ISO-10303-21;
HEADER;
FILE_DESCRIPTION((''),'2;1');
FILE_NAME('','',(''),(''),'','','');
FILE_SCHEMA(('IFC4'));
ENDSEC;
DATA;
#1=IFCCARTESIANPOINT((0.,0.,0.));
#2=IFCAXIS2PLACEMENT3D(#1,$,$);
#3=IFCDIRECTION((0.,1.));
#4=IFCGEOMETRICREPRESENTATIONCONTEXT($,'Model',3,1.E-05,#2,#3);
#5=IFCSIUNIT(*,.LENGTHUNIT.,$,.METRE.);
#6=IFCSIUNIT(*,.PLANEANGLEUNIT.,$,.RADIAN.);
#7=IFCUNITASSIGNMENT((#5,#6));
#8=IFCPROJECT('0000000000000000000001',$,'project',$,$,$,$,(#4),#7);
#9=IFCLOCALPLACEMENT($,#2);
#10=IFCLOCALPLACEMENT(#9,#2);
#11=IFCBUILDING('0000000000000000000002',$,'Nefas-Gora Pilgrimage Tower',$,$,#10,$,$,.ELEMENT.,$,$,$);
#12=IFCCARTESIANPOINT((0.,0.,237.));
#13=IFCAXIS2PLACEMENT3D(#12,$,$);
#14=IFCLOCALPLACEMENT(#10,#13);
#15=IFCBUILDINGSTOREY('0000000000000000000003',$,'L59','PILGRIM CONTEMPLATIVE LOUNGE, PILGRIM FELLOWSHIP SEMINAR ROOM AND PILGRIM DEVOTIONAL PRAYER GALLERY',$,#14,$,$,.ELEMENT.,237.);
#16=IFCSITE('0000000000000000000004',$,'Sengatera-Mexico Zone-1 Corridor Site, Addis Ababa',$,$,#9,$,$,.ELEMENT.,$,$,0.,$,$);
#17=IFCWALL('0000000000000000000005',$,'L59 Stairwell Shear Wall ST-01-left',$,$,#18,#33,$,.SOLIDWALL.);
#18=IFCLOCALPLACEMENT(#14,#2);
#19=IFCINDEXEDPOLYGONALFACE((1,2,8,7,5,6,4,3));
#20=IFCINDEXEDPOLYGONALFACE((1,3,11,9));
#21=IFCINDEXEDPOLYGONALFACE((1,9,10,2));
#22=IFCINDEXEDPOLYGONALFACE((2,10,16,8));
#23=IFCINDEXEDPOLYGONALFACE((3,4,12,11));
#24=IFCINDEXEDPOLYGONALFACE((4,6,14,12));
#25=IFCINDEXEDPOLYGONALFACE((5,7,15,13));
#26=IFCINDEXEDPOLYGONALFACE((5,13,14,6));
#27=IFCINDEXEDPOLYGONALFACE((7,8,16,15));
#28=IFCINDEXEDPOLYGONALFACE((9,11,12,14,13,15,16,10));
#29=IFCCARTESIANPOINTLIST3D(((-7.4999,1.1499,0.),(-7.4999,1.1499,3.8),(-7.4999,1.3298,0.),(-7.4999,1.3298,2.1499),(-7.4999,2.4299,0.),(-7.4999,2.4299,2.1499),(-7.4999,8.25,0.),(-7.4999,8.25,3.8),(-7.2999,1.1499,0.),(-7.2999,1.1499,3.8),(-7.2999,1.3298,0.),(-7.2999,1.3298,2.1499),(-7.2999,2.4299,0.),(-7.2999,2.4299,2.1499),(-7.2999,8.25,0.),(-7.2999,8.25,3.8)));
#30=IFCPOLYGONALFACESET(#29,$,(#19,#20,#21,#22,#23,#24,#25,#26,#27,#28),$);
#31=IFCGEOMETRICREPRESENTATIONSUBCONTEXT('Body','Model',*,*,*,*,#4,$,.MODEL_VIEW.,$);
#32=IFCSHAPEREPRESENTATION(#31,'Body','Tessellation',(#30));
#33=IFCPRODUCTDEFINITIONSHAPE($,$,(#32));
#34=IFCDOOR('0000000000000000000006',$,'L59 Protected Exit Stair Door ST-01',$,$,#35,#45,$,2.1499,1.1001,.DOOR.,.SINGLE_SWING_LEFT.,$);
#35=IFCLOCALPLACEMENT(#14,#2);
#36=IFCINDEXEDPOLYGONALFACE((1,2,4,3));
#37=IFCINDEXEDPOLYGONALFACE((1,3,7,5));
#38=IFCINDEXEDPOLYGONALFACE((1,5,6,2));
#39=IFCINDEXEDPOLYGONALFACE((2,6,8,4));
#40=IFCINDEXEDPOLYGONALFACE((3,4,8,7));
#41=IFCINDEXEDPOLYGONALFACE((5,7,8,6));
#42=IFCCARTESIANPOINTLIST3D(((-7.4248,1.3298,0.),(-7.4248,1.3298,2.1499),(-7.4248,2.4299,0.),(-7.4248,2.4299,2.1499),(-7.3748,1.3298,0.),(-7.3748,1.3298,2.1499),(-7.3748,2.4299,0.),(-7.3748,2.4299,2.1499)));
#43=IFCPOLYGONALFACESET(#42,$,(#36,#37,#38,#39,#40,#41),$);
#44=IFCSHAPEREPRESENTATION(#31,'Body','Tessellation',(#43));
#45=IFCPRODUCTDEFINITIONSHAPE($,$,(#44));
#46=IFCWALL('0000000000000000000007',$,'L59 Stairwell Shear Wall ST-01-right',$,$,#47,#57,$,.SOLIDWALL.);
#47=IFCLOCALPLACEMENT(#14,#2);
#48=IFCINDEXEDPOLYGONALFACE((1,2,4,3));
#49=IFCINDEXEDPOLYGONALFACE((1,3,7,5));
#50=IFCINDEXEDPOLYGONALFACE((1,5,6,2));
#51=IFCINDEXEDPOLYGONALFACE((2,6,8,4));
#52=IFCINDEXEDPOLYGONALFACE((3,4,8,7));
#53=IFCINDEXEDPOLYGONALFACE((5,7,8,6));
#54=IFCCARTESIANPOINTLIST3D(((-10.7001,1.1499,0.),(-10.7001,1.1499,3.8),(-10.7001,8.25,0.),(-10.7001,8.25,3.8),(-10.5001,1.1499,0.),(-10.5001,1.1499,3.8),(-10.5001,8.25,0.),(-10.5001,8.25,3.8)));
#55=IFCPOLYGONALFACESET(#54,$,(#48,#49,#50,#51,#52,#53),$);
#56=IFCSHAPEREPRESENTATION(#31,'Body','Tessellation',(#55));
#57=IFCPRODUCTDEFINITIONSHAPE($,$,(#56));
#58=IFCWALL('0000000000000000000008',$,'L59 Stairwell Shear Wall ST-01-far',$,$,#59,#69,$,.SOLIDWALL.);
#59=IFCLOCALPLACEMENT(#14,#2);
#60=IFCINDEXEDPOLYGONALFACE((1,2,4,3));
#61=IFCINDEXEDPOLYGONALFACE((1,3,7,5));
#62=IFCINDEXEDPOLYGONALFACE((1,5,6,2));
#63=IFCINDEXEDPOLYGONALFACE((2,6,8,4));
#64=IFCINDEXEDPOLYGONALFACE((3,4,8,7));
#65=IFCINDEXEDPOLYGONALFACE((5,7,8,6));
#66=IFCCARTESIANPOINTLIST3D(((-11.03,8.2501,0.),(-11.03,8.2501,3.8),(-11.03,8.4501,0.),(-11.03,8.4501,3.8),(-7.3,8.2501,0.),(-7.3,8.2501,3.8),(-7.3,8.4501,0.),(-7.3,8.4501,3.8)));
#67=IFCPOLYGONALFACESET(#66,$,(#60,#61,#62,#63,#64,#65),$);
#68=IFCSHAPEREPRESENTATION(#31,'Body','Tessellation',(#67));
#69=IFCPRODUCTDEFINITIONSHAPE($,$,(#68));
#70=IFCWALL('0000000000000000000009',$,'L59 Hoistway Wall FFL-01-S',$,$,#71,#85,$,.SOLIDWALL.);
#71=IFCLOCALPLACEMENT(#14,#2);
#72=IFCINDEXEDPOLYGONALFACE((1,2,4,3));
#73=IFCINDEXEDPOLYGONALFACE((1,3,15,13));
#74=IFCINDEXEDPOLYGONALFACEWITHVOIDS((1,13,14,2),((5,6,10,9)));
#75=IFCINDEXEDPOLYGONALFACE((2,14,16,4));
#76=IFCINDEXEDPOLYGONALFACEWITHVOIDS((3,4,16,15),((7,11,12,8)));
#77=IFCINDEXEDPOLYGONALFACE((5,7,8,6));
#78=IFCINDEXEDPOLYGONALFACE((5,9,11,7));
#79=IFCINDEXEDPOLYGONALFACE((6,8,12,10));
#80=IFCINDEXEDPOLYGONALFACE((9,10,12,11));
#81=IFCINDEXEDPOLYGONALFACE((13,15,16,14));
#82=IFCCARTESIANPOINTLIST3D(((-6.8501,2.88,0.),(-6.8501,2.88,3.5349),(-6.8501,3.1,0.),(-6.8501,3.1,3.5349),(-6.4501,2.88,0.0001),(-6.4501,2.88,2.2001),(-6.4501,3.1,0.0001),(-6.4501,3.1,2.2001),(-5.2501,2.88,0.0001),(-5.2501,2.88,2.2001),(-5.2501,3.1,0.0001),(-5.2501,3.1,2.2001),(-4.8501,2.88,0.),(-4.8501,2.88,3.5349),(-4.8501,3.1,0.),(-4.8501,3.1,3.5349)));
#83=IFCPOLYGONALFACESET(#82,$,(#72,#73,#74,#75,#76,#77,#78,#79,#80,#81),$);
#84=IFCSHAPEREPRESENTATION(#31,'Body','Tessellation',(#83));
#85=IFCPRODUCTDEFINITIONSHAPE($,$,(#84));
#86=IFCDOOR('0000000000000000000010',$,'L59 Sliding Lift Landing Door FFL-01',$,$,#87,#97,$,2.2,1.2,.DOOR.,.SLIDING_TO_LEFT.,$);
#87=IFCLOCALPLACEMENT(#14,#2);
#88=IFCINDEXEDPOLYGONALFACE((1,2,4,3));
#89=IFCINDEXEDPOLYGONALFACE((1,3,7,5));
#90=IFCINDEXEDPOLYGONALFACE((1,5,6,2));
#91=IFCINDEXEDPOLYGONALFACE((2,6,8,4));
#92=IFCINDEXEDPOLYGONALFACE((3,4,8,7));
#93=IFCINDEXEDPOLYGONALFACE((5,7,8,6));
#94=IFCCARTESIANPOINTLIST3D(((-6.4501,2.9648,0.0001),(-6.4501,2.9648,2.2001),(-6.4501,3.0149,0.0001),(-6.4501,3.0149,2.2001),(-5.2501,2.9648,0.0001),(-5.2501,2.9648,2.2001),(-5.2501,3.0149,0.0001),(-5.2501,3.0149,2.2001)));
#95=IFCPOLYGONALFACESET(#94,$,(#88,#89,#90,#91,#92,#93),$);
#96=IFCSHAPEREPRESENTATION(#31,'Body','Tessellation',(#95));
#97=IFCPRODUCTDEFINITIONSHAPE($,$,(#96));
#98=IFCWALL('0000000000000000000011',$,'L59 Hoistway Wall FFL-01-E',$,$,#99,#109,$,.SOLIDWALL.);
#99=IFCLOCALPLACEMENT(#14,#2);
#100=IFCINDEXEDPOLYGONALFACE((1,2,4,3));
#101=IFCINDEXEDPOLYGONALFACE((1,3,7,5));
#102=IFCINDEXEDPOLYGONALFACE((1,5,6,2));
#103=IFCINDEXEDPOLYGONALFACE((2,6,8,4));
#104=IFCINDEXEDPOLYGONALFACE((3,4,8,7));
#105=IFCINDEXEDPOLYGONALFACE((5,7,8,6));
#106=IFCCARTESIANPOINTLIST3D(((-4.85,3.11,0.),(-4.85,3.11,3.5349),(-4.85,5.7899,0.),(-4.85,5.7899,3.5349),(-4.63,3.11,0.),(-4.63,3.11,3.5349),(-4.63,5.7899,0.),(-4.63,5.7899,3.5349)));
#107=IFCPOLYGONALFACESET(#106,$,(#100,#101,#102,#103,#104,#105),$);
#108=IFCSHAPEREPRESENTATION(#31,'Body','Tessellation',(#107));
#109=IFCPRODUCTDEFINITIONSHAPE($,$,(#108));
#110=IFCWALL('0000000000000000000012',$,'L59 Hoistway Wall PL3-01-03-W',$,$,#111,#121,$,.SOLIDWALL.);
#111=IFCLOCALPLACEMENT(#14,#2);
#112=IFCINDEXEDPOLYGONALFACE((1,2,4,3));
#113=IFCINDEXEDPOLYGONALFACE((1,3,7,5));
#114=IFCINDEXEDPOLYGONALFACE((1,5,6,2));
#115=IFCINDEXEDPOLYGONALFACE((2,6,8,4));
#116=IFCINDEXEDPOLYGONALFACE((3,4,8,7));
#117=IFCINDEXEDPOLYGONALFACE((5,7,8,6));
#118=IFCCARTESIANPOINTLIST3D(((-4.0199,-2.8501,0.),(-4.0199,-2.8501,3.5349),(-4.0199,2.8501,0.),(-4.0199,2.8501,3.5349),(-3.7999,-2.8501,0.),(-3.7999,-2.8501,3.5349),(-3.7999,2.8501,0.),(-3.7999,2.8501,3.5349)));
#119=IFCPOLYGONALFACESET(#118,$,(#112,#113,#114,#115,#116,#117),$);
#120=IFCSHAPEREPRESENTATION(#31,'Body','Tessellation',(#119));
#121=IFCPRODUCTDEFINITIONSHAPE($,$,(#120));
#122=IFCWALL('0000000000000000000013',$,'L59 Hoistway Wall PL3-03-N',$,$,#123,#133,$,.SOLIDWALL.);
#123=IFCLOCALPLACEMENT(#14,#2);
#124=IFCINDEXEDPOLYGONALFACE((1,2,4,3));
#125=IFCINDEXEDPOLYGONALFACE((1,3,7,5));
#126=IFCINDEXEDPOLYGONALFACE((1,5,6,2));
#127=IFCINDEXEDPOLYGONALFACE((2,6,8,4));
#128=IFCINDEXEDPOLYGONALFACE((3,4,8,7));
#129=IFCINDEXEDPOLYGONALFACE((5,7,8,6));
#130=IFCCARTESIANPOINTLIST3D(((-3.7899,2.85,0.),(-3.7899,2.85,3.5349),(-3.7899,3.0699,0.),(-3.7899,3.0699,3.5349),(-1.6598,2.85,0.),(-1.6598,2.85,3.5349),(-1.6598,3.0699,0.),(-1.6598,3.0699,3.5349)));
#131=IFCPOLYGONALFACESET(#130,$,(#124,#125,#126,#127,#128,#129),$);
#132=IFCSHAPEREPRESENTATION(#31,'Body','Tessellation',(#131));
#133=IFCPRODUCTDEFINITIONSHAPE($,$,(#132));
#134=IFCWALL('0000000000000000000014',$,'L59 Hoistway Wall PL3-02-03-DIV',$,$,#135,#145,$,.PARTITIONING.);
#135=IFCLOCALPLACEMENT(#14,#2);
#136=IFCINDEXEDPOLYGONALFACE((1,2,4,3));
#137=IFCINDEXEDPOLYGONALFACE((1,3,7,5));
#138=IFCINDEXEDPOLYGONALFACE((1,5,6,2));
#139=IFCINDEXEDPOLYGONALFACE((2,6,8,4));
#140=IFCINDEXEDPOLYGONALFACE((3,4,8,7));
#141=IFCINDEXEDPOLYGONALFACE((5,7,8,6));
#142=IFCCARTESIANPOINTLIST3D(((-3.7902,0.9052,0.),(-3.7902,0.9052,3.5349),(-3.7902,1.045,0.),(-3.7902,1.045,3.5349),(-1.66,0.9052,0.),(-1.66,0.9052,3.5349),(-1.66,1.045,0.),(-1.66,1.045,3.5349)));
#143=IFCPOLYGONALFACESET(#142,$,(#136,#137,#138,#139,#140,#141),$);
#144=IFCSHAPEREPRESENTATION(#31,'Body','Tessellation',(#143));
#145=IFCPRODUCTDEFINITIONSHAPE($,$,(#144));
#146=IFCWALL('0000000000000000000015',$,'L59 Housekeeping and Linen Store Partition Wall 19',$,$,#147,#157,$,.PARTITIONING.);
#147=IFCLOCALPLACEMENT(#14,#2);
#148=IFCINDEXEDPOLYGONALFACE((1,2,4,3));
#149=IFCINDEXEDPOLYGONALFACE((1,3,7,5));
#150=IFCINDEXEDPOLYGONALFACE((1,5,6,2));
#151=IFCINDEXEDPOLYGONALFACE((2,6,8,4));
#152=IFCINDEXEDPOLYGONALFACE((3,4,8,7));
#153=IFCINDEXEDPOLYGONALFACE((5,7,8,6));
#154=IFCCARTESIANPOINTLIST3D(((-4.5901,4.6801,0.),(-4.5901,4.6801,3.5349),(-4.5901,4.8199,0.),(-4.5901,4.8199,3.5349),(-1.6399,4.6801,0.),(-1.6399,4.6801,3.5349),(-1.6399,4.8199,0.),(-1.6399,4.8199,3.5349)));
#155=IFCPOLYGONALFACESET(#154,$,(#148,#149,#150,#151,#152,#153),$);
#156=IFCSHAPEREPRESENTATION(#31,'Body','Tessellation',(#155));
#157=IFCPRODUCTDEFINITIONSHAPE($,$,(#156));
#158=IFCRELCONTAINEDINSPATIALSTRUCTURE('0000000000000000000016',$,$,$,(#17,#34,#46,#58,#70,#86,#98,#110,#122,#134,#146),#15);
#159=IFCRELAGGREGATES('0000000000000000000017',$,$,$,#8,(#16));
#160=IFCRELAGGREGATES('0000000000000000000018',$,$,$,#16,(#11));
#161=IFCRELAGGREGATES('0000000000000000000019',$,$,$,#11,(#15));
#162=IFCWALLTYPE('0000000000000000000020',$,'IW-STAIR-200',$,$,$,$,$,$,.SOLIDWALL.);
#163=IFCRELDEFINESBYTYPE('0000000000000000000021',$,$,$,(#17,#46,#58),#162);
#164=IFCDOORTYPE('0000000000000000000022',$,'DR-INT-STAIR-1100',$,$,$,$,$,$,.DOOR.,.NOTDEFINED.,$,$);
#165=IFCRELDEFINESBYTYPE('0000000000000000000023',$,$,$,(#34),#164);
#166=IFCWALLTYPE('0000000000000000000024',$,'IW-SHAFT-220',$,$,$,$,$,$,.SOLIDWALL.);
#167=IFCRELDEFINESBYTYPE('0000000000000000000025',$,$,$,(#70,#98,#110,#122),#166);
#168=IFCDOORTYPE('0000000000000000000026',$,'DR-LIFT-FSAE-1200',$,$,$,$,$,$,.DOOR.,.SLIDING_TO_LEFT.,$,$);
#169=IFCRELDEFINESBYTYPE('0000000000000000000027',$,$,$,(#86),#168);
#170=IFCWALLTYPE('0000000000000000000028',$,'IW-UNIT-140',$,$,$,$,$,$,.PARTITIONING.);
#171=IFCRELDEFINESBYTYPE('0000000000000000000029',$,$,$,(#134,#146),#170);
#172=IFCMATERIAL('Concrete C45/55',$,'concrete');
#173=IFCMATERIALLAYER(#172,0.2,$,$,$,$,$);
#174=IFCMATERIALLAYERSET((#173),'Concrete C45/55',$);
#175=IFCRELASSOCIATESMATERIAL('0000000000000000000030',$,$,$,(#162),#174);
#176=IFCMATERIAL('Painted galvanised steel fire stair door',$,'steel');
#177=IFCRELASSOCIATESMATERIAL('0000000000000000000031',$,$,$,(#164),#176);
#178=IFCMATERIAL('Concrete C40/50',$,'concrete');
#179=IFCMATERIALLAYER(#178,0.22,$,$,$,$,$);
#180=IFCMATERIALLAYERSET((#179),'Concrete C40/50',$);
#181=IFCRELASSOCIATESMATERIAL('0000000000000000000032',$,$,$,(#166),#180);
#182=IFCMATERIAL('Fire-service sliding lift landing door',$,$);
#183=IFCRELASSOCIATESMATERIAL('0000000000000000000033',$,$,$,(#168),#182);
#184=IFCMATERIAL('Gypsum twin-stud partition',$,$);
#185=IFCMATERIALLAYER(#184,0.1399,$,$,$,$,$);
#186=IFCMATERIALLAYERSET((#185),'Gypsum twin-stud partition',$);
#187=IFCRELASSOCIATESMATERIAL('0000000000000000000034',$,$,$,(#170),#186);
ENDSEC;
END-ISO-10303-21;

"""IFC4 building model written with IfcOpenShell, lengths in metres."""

from ifc_helpers import new_model, si_unit, direction, frame, frame_2d, origin, place, context, subcontext, project, spatial, rectangle, extrude, source, transform, mapped, material, layer, layer_set, type_object, element, fill, save


model = new_model("IFC4")

# Units and contexts
model_context = context("Model", 3, precision=1e-05, world=origin(), true_north=direction((0.0, 1.0)))
body_context = subcontext(model_context, "Body", "Model", "MODEL_VIEW")
ifc_project = project(units=[si_unit("LENGTHUNIT", "METRE"), si_unit("PLANEANGLEUNIT", "RADIAN")], contexts=[model_context])

# Site, building, storey
site_placement = place(None, origin())
site = spatial("IfcSite", under=ifc_project, at=site_placement, Name="Sengatera-Mexico Zone-1 Corridor Site, Addis Ababa", CompositionType="ELEMENT", RefElevation=0.0)
building_placement = place(site_placement, origin())
building = spatial("IfcBuilding", under=site, at=building_placement, Name="Nefas-Gora Pilgrimage Tower", CompositionType="ELEMENT")
storey_placement = place(building_placement, frame((0.0, 0.0, 237.0)))
storey = spatial("IfcBuildingStorey", under=building, at=storey_placement, Name="L59", Description="PILGRIM CONTEMPLATIVE LOUNGE, PILGRIM FELLOWSHIP SEMINAR ROOM AND PILGRIM DEVOTIONAL PRAYER GALLERY", CompositionType="ELEMENT", Elevation=237.0)

# Shared definitions
ifc_material_1 = material(Name="Concrete C45/55", Category="concrete")
ifc_layer_1 = layer(ifc_material_1, 0.2)
ifc_layer_set_1 = layer_set([ifc_layer_1], Name="Concrete C45/55")
wall_type_1 = type_object("IfcWallType", Name="IW-STAIR-200", PredefinedType="SOLIDWALL", material=ifc_layer_set_1)

# Wall, opening, door
shared_shape_1 = source(origin(), body_context, "Body", "SweptSolid", [
    extrude(rectangle(XDim=7.1001, YDim=0.2, at=frame_2d((3.55, 0.0))), origin(), (0.0, 0.0, 1.0), 3.8),
])
wall_1_placement = place(storey_placement, frame((-7.3999, 1.1499, 0.0), z_axis=(0.0, 0.0, 1.0), x_axis=(0.0, 1.0, 0.0)))
wall_1 = element("IfcWall", 1, at=wall_1_placement, inside=storey, type_object=wall_type_1, Name="L59 Stairwell Shear Wall ST-01-left", PredefinedType="SOLIDWALL", context=body_context, shape_type="MappedRepresentation", body=[
    mapped(shared_shape_1, transform((0.0, 0.0, 0.0), x_axis=(1.0, 0.0, 0.0), y_axis=(0.0, 1.0, 0.0), z_axis=(0.0, 0.0, 1.0), scale=1.0)),
])
opening_1_placement = place(wall_1_placement, frame((0.1799, 0.0, 0.0)))
opening_1 = element("IfcOpeningElement", 2, at=opening_1_placement, cuts=wall_1, PredefinedType="OPENING", context=body_context, shape_type="SweptSolid", body=[
    extrude(rectangle(XDim=1.1001, YDim=2.1499, at=frame_2d((0.55, 1.075))), frame((0.0, 0.1099, 0.0), z_axis=(0.0, -1.0, 0.0), x_axis=(1.0, 0.0, 0.0)), (0.0, 0.0, 1.0), 0.22),
])
ifc_material_2 = material(Name="Painted galvanised steel fire stair door", Category="steel")
door_type_1 = type_object("IfcDoorType", Name="DR-INT-STAIR-1100", OperationType="NOTDEFINED", PredefinedType="DOOR", material=ifc_material_2)
shared_shape_2 = source(origin(), body_context, "Body", "SweptSolid", [
    extrude(rectangle(XDim=1.1001, YDim=2.1499, at=frame_2d((0.55, 1.075))), frame((0.0, 0.0249, 0.0), z_axis=(0.0, -1.0, 0.0), x_axis=(1.0, 0.0, 0.0)), (0.0, 0.0, 1.0), 0.05),
])
door_1_placement = place(opening_1_placement, origin())
door_1 = element("IfcDoor", 3, at=door_1_placement, inside=storey, type_object=door_type_1, Name="L59 Protected Exit Stair Door ST-01", OperationType="SINGLE_SWING_LEFT", OverallHeight=2.1499, OverallWidth=1.1001, PredefinedType="DOOR", context=body_context, shape_type="MappedRepresentation", body=[
    mapped(shared_shape_2, transform((0.0, 0.0, 0.0), x_axis=(1.0, 0.0, 0.0), y_axis=(0.0, 1.0, 0.0), z_axis=(0.0, 0.0, 1.0), scale=1.0)),
])
fill(opening_1, door_1)

# Walls
wall_2_placement = place(storey_placement, frame((-10.6001, 1.1499, 0.0), z_axis=(0.0, 0.0, 1.0), x_axis=(0.0, 1.0, 0.0)))
element("IfcWall", 4, at=wall_2_placement, inside=storey, type_object=wall_type_1, Name="L59 Stairwell Shear Wall ST-01-right", PredefinedType="SOLIDWALL", context=body_context, shape_type="MappedRepresentation", body=[
    mapped(shared_shape_1, transform((0.0, 0.0, 0.0), x_axis=(1.0, 0.0, 0.0), y_axis=(0.0, 1.0, 0.0), z_axis=(0.0, 0.0, 1.0), scale=1.0)),
])
shared_shape_3 = source(origin(), body_context, "Body", "SweptSolid", [
    extrude(rectangle(XDim=3.73, YDim=0.2, at=frame_2d((1.865, 0.0))), origin(), (0.0, 0.0, 1.0), 3.8),
])
wall_3_placement = place(storey_placement, frame((-7.3, 8.3501, 0.0), z_axis=(0.0, 0.0, 1.0), x_axis=(-1.0, 0.0, 0.0)))
element("IfcWall", 5, at=wall_3_placement, inside=storey, type_object=wall_type_1, Name="L59 Stairwell Shear Wall ST-01-far", PredefinedType="SOLIDWALL", context=body_context, shape_type="MappedRepresentation", body=[
    mapped(shared_shape_3, transform((0.0, 0.0, 0.0), x_axis=(1.0, 0.0, 0.0), y_axis=(0.0, 1.0, 0.0), z_axis=(0.0, 0.0, 1.0), scale=1.0)),
])

# Wall, opening, door
ifc_material_3 = material(Name="Concrete C40/50", Category="concrete")
ifc_layer_2 = layer(ifc_material_3, 0.22)
ifc_layer_set_2 = layer_set([ifc_layer_2], Name="Concrete C40/50")
wall_type_2 = type_object("IfcWallType", Name="IW-SHAFT-220", PredefinedType="SOLIDWALL", material=ifc_layer_set_2)
shared_shape_4 = source(origin(), body_context, "Body", "SweptSolid", [
    extrude(rectangle(XDim=2.0, YDim=0.22, at=frame_2d((1.0, 0.0))), origin(), (0.0, 0.0, 1.0), 3.5349),
])
wall_4_placement = place(storey_placement, frame((-6.8501, 2.99, 0.0), z_axis=(0.0, 0.0, 1.0), x_axis=(1.0, 0.0, 0.0)))
wall_4 = element("IfcWall", 6, at=wall_4_placement, inside=storey, type_object=wall_type_2, Name="L59 Hoistway Wall FFL-01-S", PredefinedType="SOLIDWALL", context=body_context, shape_type="MappedRepresentation", body=[
    mapped(shared_shape_4, transform((0.0, 0.0, 0.0), x_axis=(1.0, 0.0, 0.0), y_axis=(0.0, 1.0, 0.0), z_axis=(0.0, 0.0, 1.0), scale=1.0)),
])
opening_2_placement = place(wall_4_placement, frame((0.3999, 0.0, 0.0)))
opening_2 = element("IfcOpeningElement", 7, at=opening_2_placement, cuts=wall_4, PredefinedType="OPENING", context=body_context, shape_type="SweptSolid", body=[
    extrude(rectangle(XDim=1.2, YDim=2.2, at=frame_2d((0.6001, 1.1001))), frame((0.0, 0.1199, 0.0), z_axis=(0.0, -1.0, 0.0), x_axis=(1.0, 0.0, 0.0)), (0.0, 0.0, 1.0), 0.24),
])
ifc_material_4 = material(Name="Fire-service sliding lift landing door")
door_type_2 = type_object("IfcDoorType", Name="DR-LIFT-FSAE-1200", OperationType="SLIDING_TO_LEFT", PredefinedType="DOOR", material=ifc_material_4)
shared_shape_5 = source(origin(), body_context, "Body", "SweptSolid", [
    extrude(rectangle(XDim=1.2, YDim=2.2, at=frame_2d((0.6001, 1.1001))), frame((0.0, 0.0249, 0.0), z_axis=(0.0, -1.0, 0.0), x_axis=(1.0, 0.0, 0.0)), (0.0, 0.0, 1.0), 0.05),
])
door_2_placement = place(opening_2_placement, origin())
door_2 = element("IfcDoor", 8, at=door_2_placement, inside=storey, type_object=door_type_2, Name="L59 Sliding Lift Landing Door FFL-01", OperationType="SLIDING_TO_LEFT", OverallHeight=2.2, OverallWidth=1.2, PredefinedType="DOOR", context=body_context, shape_type="MappedRepresentation", body=[
    mapped(shared_shape_5, transform((0.0, 0.0, 0.0), x_axis=(1.0, 0.0, 0.0), y_axis=(0.0, 1.0, 0.0), z_axis=(0.0, 0.0, 1.0), scale=1.0)),
])
fill(opening_2, door_2)

# Walls
shared_shape_6 = source(origin(), body_context, "Body", "SweptSolid", [
    extrude(rectangle(XDim=2.6799, YDim=0.22, at=frame_2d((1.3398, 0.0))), origin(), (0.0, 0.0, 1.0), 3.5349),
])
wall_5_placement = place(storey_placement, frame((-4.74, 3.1101, 0.0), z_axis=(0.0, 0.0, 1.0), x_axis=(0.0, 1.0, 0.0)))
element("IfcWall", 9, at=wall_5_placement, inside=storey, type_object=wall_type_2, Name="L59 Hoistway Wall FFL-01-E", PredefinedType="SOLIDWALL", context=body_context, shape_type="MappedRepresentation", body=[
    mapped(shared_shape_6, transform((0.0, 0.0, 0.0), x_axis=(1.0, 0.0, 0.0), y_axis=(0.0, 1.0, 0.0), z_axis=(0.0, 0.0, 1.0), scale=1.0)),
])
shared_shape_7 = source(origin(), body_context, "Body", "SweptSolid", [
    extrude(rectangle(XDim=5.7002, YDim=0.22, at=frame_2d((2.8501, 0.0))), origin(), (0.0, 0.0, 1.0), 3.5349),
])
wall_6_placement = place(storey_placement, frame((-3.9099, 2.8501, 0.0), z_axis=(0.0, 0.0, 1.0), x_axis=(0.0, -1.0, 0.0)))
element("IfcWall", 10, at=wall_6_placement, inside=storey, type_object=wall_type_2, Name="L59 Hoistway Wall PL3-01-03-W", PredefinedType="SOLIDWALL", context=body_context, shape_type="MappedRepresentation", body=[
    mapped(shared_shape_7, transform((0.0, 0.0, 0.0), x_axis=(1.0, 0.0, 0.0), y_axis=(0.0, 1.0, 0.0), z_axis=(0.0, 0.0, 1.0), scale=1.0)),
])
shared_shape_8 = source(origin(), body_context, "Body", "SweptSolid", [
    extrude(rectangle(XDim=2.1301, YDim=0.22, at=frame_2d((1.0649, 0.0))), origin(), (0.0, 0.0, 1.0), 3.5349),
])
wall_7_placement = place(storey_placement, frame((-1.6599, 2.96, 0.0), z_axis=(0.0, 0.0, 1.0), x_axis=(-1.0, 0.0, 0.0)))
element("IfcWall", 11, at=wall_7_placement, inside=storey, type_object=wall_type_2, Name="L59 Hoistway Wall PL3-03-N", PredefinedType="SOLIDWALL", context=body_context, shape_type="MappedRepresentation", body=[
    mapped(shared_shape_8, transform((0.0, 0.0, 0.0), x_axis=(1.0, 0.0, 0.0), y_axis=(0.0, 1.0, 0.0), z_axis=(0.0, 0.0, 1.0), scale=1.0)),
])
ifc_material_5 = material(Name="Gypsum twin-stud partition")
ifc_layer_3 = layer(ifc_material_5, 0.1399)
ifc_layer_set_3 = layer_set([ifc_layer_3], Name="Gypsum twin-stud partition")
wall_type_3 = type_object("IfcWallType", Name="IW-UNIT-140", PredefinedType="PARTITIONING", material=ifc_layer_set_3)
shared_shape_9 = source(origin(), body_context, "Body", "SweptSolid", [
    extrude(rectangle(XDim=2.1301, YDim=0.1399, at=frame_2d((1.0649, 0.0))), origin(), (0.0, 0.0, 1.0), 3.5349),
])
wall_8_placement = place(storey_placement, frame((-3.79, 0.9751, 0.0), z_axis=(0.0, 0.0, 1.0), x_axis=(1.0, 0.0, 0.0)))
element("IfcWall", 12, at=wall_8_placement, inside=storey, type_object=wall_type_3, Name="L59 Hoistway Wall PL3-02-03-DIV", PredefinedType="PARTITIONING", context=body_context, shape_type="MappedRepresentation", body=[
    mapped(shared_shape_9, transform((0.0, 0.0, 0.0), x_axis=(1.0, 0.0, 0.0), y_axis=(0.0, 1.0, 0.0), z_axis=(0.0, 0.0, 1.0), scale=1.0)),
])
shared_shape_10 = source(origin(), body_context, "Body", "SweptSolid", [
    extrude(rectangle(XDim=2.9502, YDim=0.1399, at=frame_2d((1.4751, 0.0))), origin(), (0.0, 0.0, 1.0), 3.5349),
])
wall_9_placement = place(storey_placement, frame((-4.5901, 4.75, 0.0), z_axis=(0.0, 0.0, 1.0), x_axis=(1.0, 0.0, 0.0)))
element("IfcWall", 13, at=wall_9_placement, inside=storey, type_object=wall_type_3, Name="L59 Housekeeping and Linen Store Partition Wall 19", PredefinedType="PARTITIONING", context=body_context, shape_type="MappedRepresentation", body=[
    mapped(shared_shape_10, transform((0.0, 0.0, 0.0), x_axis=(1.0, 0.0, 0.0), y_axis=(0.0, 1.0, 0.0), z_axis=(0.0, 0.0, 1.0), scale=1.0)),
])

save(model, "model.ifc")
